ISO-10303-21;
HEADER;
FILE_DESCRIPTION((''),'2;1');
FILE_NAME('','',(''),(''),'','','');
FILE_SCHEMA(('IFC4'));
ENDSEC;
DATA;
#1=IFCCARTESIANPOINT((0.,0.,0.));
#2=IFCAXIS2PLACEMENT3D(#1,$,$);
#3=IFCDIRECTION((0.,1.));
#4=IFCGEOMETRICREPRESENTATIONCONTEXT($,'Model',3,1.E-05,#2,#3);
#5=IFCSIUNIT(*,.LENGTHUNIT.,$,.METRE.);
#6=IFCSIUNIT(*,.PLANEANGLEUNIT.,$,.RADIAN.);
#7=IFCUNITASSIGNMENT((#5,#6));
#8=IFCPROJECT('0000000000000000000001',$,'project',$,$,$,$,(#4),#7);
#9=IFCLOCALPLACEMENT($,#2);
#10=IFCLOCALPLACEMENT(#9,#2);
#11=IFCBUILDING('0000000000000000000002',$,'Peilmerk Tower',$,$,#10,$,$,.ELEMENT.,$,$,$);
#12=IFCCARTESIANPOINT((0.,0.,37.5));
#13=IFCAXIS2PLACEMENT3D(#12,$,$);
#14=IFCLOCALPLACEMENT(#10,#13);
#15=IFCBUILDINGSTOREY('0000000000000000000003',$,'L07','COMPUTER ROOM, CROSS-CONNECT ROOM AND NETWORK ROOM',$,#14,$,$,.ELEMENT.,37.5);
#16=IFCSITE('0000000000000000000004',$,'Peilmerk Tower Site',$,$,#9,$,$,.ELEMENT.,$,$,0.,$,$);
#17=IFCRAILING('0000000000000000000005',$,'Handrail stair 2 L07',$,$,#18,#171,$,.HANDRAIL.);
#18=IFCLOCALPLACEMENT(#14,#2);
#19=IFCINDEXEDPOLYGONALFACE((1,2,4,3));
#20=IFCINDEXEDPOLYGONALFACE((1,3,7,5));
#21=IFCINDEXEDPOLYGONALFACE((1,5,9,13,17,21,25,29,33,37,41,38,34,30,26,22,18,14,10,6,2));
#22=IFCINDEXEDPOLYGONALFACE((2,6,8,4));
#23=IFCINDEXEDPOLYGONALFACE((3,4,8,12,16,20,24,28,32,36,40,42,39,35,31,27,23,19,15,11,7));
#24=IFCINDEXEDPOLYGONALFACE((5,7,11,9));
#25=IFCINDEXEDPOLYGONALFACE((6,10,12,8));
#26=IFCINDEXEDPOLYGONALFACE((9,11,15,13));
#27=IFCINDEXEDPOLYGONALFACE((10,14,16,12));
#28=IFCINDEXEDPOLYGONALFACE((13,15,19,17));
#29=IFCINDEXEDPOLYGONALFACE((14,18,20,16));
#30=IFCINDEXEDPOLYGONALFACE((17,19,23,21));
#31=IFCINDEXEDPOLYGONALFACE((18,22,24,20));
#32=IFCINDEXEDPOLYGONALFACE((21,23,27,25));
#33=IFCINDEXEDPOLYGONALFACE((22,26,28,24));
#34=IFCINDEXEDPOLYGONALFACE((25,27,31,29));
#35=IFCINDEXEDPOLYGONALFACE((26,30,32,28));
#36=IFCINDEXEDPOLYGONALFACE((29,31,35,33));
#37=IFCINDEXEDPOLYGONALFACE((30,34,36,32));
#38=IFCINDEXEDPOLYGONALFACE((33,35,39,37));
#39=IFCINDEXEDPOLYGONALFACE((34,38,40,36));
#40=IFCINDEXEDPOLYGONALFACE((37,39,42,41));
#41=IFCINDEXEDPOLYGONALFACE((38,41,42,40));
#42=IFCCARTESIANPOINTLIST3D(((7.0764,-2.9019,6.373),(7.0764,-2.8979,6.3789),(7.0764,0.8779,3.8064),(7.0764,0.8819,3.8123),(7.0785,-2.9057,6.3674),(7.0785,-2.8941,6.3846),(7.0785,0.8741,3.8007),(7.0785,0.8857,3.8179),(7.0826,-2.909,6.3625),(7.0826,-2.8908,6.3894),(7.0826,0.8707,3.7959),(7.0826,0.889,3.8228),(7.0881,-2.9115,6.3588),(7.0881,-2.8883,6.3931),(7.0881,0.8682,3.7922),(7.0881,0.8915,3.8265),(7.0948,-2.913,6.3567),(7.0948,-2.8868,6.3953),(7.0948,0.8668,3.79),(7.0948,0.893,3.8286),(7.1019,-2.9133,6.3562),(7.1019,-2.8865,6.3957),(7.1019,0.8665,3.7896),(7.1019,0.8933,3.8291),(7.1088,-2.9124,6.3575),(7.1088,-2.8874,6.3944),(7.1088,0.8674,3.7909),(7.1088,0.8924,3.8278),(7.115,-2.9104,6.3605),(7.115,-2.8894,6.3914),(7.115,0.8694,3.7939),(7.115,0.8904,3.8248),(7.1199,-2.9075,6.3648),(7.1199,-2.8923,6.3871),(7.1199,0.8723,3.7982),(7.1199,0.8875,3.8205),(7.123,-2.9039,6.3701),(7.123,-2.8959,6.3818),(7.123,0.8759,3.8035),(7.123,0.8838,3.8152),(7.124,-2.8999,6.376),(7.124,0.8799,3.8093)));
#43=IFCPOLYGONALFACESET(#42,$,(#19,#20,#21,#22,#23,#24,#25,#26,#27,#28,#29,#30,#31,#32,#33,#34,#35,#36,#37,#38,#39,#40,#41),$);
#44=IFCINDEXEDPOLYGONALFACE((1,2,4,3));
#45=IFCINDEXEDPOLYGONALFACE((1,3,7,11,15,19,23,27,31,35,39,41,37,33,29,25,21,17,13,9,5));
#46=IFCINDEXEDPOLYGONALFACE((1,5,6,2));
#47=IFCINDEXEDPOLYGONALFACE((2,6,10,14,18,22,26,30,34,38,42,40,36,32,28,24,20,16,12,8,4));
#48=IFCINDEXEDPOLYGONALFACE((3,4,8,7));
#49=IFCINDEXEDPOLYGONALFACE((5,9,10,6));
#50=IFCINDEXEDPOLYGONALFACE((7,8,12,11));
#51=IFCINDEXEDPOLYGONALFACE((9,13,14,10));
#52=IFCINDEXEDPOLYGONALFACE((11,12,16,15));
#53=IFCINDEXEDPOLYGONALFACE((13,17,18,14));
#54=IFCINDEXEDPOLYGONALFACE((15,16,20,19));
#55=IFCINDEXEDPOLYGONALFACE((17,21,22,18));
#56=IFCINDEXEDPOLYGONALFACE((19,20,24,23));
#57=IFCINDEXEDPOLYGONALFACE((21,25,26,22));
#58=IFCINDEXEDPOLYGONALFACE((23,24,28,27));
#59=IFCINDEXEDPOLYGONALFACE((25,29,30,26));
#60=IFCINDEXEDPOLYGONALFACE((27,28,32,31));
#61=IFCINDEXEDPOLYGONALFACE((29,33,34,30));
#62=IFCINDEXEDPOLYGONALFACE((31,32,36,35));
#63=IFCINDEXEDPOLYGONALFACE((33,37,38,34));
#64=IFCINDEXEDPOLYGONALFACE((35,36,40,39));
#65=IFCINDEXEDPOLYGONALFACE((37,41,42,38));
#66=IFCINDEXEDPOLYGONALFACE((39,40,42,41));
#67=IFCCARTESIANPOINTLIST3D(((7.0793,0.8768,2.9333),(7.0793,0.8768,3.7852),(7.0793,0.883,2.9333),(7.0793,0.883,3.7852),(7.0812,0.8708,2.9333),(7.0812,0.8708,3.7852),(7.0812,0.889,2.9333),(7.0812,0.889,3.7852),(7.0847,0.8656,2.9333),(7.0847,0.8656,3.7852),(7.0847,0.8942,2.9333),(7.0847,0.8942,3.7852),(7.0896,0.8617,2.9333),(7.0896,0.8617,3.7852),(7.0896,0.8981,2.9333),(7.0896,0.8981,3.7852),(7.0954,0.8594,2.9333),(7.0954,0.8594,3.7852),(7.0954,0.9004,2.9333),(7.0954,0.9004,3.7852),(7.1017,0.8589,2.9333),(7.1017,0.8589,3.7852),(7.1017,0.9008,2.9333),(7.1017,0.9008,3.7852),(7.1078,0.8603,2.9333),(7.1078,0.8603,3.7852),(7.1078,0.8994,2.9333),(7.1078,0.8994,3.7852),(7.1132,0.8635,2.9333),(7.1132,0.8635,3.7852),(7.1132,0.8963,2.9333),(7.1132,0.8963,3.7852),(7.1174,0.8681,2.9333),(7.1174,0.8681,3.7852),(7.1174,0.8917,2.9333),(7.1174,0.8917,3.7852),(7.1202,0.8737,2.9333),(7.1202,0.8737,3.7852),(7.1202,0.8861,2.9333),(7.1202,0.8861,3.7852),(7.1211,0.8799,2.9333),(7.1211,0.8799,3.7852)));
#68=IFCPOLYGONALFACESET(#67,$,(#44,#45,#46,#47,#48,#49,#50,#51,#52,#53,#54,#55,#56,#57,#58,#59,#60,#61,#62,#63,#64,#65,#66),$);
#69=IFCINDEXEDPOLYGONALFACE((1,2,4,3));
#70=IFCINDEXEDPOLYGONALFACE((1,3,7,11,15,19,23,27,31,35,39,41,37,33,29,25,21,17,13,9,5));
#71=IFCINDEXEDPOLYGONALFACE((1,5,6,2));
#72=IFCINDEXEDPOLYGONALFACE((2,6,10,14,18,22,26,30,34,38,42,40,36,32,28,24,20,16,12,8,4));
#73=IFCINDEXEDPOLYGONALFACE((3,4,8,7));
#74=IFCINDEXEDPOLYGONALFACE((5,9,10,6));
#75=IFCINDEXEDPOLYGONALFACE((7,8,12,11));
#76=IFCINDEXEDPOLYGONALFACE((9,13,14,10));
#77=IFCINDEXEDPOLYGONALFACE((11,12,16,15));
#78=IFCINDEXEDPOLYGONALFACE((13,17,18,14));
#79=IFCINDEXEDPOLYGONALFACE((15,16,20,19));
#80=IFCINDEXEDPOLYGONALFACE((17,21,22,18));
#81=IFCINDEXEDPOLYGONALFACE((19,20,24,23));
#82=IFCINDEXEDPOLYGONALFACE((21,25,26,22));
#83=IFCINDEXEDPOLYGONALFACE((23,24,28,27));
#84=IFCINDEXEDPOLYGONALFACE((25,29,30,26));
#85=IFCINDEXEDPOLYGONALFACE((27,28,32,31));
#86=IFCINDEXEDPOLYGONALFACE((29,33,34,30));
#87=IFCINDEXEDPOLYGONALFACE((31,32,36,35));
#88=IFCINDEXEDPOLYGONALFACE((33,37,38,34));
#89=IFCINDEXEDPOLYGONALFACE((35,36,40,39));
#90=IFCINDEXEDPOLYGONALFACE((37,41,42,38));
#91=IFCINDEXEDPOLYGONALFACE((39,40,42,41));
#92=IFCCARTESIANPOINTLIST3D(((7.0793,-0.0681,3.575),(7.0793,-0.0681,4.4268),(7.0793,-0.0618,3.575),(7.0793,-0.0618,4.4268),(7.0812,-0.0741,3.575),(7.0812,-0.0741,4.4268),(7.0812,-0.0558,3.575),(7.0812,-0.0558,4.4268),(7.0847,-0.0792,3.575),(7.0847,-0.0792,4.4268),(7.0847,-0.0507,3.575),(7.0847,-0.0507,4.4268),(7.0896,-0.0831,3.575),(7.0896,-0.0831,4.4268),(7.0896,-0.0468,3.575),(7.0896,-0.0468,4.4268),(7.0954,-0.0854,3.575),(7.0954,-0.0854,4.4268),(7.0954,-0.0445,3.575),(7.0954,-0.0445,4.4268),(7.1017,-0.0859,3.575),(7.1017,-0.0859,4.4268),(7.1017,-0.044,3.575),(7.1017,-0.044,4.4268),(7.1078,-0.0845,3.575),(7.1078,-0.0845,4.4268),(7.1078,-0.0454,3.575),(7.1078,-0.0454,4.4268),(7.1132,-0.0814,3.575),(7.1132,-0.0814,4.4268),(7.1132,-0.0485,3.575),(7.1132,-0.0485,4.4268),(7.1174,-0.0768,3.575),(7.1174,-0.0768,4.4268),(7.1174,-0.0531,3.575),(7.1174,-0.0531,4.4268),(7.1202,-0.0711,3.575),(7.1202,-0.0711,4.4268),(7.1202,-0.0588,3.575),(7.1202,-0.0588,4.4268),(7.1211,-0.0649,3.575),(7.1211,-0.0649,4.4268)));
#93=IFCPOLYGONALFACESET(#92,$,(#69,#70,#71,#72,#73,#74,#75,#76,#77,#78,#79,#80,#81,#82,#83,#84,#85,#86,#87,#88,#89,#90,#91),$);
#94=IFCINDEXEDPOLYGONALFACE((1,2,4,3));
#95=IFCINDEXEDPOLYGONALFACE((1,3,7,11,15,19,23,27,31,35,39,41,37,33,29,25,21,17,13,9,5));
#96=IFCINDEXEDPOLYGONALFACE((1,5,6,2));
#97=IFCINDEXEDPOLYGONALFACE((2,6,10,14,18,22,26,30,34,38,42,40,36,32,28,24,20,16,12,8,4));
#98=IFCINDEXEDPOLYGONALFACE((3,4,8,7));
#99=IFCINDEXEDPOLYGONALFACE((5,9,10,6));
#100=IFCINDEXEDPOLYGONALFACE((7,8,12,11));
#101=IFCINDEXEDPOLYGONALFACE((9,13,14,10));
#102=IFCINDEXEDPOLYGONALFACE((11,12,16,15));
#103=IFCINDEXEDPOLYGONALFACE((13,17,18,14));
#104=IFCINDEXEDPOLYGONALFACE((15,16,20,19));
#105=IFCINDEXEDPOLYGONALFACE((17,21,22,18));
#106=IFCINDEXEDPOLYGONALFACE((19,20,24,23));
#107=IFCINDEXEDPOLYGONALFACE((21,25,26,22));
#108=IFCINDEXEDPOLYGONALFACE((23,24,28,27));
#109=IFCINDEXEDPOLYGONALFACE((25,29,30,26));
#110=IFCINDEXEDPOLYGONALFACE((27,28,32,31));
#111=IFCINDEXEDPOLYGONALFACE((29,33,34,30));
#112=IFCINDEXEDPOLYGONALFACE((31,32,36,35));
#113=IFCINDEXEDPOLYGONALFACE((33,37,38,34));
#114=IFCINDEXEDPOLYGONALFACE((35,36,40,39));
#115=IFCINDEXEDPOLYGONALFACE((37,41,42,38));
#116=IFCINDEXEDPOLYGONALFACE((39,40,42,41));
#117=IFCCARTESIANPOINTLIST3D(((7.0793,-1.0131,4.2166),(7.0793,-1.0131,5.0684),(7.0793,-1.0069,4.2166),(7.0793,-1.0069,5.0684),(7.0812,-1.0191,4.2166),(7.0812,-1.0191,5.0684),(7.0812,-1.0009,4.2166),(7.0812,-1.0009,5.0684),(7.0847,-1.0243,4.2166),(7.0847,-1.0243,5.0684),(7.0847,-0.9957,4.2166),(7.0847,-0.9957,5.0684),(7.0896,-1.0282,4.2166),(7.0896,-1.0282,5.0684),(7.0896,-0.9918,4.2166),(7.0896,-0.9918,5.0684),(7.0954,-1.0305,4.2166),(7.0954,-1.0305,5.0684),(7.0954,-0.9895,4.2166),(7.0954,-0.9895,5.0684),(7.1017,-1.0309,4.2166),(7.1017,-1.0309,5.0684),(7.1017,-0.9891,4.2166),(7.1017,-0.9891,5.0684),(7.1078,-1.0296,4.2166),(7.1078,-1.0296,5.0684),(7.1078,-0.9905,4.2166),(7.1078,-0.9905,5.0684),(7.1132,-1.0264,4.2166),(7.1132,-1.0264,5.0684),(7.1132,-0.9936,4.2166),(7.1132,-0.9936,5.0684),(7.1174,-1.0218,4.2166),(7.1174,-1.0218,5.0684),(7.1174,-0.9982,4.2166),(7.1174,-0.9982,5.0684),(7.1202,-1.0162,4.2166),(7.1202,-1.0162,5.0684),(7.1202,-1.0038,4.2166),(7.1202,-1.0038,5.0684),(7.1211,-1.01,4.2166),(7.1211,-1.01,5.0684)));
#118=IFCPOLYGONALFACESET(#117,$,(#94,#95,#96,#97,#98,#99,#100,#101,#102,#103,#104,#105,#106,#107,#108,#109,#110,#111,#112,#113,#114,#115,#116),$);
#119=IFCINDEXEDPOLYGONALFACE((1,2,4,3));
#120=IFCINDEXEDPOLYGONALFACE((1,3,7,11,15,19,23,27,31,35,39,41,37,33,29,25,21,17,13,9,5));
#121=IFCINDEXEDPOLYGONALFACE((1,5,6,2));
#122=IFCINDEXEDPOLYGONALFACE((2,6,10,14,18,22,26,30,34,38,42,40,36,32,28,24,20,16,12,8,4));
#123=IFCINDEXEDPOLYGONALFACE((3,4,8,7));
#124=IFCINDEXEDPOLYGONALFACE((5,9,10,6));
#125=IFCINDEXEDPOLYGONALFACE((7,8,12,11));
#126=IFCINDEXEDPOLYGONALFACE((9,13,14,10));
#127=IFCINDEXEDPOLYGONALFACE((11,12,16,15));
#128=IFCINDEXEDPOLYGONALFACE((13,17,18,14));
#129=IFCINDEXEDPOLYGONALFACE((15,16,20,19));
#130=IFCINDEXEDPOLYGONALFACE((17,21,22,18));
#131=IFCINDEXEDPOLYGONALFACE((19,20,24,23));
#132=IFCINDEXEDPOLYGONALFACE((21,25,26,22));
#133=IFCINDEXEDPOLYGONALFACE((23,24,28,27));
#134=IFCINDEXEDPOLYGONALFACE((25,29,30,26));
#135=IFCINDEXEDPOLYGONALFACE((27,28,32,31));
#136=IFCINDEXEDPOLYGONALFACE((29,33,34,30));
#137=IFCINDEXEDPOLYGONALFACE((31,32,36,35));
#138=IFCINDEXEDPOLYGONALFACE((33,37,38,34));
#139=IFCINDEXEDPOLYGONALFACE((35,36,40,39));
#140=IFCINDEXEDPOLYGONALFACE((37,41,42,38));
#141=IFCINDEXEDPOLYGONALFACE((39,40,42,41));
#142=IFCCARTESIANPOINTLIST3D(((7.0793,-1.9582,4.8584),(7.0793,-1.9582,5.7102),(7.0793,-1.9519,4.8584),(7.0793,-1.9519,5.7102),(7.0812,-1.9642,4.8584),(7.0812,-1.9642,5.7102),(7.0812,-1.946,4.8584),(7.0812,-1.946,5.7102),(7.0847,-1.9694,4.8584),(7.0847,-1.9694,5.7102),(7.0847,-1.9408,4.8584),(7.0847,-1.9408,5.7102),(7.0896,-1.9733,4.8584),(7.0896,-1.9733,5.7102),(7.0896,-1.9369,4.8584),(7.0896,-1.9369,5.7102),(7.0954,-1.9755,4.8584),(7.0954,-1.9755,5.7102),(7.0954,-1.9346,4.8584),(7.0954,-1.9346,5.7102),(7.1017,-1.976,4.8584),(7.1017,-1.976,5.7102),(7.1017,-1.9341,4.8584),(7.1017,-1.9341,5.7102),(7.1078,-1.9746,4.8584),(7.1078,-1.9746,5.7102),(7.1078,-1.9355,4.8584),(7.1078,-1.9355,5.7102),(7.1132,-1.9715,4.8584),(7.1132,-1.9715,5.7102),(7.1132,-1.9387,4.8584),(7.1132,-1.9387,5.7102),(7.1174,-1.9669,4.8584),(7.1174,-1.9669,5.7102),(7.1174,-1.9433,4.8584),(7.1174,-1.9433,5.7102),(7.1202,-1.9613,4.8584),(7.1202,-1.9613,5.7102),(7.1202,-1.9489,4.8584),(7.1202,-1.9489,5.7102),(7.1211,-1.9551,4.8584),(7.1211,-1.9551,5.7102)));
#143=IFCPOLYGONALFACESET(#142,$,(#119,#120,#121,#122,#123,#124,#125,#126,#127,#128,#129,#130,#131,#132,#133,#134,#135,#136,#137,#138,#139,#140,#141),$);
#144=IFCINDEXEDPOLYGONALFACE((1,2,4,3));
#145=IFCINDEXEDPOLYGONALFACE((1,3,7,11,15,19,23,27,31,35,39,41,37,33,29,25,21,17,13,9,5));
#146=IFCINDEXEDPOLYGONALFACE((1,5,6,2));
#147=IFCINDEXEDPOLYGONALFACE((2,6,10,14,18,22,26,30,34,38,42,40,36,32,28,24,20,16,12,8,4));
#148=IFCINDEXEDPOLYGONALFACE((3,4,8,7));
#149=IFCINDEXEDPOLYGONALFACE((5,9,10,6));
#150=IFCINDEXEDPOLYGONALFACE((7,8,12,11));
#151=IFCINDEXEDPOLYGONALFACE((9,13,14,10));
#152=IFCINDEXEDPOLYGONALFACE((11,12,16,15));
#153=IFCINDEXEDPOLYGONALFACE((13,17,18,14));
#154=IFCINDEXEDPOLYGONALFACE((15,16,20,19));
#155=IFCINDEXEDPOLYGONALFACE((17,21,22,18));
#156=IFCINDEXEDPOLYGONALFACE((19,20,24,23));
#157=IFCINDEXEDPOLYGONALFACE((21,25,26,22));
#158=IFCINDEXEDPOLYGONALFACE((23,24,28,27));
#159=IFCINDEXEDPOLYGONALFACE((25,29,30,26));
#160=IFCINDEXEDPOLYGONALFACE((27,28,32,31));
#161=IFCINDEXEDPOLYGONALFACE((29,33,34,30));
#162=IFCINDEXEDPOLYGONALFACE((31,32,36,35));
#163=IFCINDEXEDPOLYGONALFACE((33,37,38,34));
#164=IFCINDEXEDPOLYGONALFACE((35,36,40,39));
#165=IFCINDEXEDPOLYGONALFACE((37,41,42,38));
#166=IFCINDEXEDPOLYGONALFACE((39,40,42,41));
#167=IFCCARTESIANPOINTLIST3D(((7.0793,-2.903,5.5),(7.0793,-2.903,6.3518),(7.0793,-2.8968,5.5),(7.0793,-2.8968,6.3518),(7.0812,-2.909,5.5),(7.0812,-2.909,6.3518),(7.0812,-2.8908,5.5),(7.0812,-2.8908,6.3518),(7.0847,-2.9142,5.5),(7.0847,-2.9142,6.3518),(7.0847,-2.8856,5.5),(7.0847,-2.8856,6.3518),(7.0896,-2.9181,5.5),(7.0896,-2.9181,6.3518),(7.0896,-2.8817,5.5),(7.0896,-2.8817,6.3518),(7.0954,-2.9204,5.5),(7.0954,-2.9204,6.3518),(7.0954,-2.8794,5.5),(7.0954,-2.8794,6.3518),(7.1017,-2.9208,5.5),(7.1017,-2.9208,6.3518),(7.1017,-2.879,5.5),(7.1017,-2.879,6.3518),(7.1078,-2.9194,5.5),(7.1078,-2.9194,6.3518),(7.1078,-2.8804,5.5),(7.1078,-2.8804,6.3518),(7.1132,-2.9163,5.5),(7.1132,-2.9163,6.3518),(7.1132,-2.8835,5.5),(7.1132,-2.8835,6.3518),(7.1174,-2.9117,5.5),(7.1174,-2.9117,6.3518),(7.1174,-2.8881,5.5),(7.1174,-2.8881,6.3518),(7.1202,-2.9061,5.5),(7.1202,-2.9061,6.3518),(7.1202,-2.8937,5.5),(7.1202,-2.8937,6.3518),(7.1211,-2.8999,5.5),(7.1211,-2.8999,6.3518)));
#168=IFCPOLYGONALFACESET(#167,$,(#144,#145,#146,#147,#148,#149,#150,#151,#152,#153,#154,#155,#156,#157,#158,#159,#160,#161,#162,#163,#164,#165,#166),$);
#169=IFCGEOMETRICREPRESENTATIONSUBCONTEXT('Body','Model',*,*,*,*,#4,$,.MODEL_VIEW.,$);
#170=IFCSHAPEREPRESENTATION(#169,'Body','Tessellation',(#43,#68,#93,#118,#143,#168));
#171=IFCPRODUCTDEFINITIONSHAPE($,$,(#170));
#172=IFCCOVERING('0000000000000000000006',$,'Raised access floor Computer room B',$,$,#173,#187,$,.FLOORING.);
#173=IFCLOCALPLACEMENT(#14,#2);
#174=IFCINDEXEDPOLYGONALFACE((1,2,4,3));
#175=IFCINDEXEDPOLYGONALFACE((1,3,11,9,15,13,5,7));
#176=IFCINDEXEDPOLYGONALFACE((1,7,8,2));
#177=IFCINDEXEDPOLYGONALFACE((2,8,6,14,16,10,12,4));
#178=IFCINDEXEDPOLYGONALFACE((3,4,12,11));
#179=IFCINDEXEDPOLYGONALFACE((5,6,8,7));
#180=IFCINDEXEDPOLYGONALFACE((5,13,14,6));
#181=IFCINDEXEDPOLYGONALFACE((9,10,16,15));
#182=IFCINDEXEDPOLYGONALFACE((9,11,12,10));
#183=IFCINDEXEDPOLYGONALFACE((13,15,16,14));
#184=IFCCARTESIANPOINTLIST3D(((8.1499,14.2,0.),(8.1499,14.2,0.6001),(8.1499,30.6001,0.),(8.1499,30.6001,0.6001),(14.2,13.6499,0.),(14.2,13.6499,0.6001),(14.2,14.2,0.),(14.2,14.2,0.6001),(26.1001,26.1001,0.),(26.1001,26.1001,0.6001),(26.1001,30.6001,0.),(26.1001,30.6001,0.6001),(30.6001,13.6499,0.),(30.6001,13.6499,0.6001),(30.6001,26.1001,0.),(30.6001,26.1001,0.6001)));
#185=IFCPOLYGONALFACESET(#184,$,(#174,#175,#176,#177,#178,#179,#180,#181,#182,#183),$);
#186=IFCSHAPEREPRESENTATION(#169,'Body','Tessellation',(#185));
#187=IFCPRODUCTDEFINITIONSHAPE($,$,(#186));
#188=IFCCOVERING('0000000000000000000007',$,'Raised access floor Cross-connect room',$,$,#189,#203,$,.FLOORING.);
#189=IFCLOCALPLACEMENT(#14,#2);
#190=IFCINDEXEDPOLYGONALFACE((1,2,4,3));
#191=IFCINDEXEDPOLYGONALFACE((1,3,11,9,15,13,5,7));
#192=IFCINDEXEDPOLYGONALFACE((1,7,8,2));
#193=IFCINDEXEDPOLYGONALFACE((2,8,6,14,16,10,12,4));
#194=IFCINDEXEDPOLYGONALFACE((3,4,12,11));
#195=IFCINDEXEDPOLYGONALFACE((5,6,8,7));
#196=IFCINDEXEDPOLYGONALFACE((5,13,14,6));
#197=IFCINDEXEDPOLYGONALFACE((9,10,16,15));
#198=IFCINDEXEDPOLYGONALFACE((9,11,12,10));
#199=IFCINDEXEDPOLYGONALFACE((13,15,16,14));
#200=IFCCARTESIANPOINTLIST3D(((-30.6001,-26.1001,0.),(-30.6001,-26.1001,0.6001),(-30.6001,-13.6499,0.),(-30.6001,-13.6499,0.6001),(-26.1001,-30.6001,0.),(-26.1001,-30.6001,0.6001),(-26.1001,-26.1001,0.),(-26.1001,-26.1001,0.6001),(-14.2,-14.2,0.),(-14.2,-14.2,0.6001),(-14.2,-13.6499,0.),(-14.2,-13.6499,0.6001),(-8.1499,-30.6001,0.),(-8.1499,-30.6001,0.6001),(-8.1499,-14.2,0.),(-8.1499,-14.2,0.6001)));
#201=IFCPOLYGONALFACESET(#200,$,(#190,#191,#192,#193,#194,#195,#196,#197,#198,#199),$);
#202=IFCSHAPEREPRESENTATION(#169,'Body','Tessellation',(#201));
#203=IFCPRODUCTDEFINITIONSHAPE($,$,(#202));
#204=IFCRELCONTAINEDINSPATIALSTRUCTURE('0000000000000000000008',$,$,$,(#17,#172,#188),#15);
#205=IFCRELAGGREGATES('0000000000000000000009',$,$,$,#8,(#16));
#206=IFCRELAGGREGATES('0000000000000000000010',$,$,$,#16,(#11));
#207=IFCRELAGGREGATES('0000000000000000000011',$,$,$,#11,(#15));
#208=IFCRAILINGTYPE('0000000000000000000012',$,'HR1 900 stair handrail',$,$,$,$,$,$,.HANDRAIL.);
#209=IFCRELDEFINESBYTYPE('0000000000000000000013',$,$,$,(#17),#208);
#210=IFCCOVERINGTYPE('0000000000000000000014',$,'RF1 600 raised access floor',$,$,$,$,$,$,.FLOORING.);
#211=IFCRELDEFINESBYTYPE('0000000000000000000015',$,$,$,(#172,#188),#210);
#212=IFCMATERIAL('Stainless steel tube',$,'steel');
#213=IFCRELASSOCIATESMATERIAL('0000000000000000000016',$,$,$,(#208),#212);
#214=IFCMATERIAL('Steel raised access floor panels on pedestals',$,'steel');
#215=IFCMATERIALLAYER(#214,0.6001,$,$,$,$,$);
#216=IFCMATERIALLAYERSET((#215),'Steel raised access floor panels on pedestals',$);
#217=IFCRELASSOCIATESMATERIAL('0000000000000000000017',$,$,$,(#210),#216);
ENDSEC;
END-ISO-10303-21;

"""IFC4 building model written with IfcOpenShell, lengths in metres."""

from ifc_helpers import new_model, si_unit, direction, frame, origin, origin_2d, place, context, subcontext, project, spatial, polyline, circle, outline, extrude, material, layer, layer_set, type_object, element, save


model = new_model("IFC4")

# Units and contexts
model_context = context("Model", 3, precision=1e-05, world=origin(), true_north=direction((0.0, 1.0)))
body_context = subcontext(model_context, "Body", "Model", "MODEL_VIEW")
ifc_project = project(units=[si_unit("LENGTHUNIT", "METRE"), si_unit("PLANEANGLEUNIT", "RADIAN")], contexts=[model_context])

# Site, building, storey
site_placement = place(None, origin())
site = spatial("IfcSite", under=ifc_project, at=site_placement, Name="Peilmerk Tower Site", CompositionType="ELEMENT", RefElevation=0.0)
building_placement = place(site_placement, origin())
building = spatial("IfcBuilding", under=site, at=building_placement, Name="Peilmerk Tower", CompositionType="ELEMENT")
storey_placement = place(building_placement, frame((0.0, 0.0, 37.5)))
storey = spatial("IfcBuildingStorey", under=building, at=storey_placement, Name="L07", Description="COMPUTER ROOM, CROSS-CONNECT ROOM AND NETWORK ROOM", CompositionType="ELEMENT", Elevation=37.5)

# Railing
ifc_material_1 = material(Name="Stainless steel tube", Category="steel")
railing_type_1 = type_object("IfcRailingType", Name="HR1 900 stair handrail", PredefinedType="HANDRAIL", material=ifc_material_1)
railing_1_placement = place(storey_placement, frame((7.1001, 0.8799, 2.9333)))
element("IfcRailing", 1, at=railing_1_placement, inside=storey, type_object=railing_type_1, Name="Handrail stair 2 L07", PredefinedType="HANDRAIL", context=body_context, shape_type="SweptSolid", body=[
    extrude(circle(Radius=0.0239, at=origin_2d()), frame((0.0, 0.0, 0.876), z_axis=(0.0, -0.827293, 0.561771), x_axis=(1.0, 0.0, 0.0)), (0.0, 0.0, 1.0), 4.5688),
    extrude(circle(Radius=0.021, at=origin_2d()), origin(), (0.0, 0.0, 1.0), 0.8518),
    extrude(circle(Radius=0.021, at=origin_2d()), frame((0.0, -0.9448, 0.6416)), (0.0, 0.0, 1.0), 0.8518),
    extrude(circle(Radius=0.021, at=origin_2d()), frame((0.0, -1.8899, 1.2832)), (0.0, 0.0, 1.0), 0.8518),
    extrude(circle(Radius=0.021, at=origin_2d()), frame((0.0, -2.835, 1.925)), (0.0, 0.0, 1.0), 0.8518),
    extrude(circle(Radius=0.021, at=origin_2d()), frame((0.0, -3.7798, 2.5667)), (0.0, 0.0, 1.0), 0.8518),
])

# Coverings
ifc_material_2 = material(Name="Steel raised access floor panels on pedestals", Category="steel")
ifc_layer_1 = layer(ifc_material_2, 0.6001)
ifc_layer_set_1 = layer_set([ifc_layer_1], Name="Steel raised access floor panels on pedestals")
covering_type_1 = type_object("IfcCoveringType", Name="RF1 600 raised access floor", PredefinedType="FLOORING", material=ifc_layer_set_1)
covering_1_placement = place(storey_placement, origin())
element("IfcCovering", 2, at=covering_1_placement, inside=storey, type_object=covering_type_1, Name="Raised access floor Computer room B", PredefinedType="FLOORING", context=body_context, shape_type="SweptSolid", body=[
    extrude(outline(polyline([(26.1001, 30.6001), (8.1499, 30.6001), (8.1499, 14.2), (14.2, 14.2), (14.2, 13.6499), (30.6001, 13.6499), (30.6001, 26.1001), (26.1001, 26.1001), (26.1001, 30.6001)])), origin(), (0.0, 0.0, 1.0), 0.6001),
])
covering_2_placement = place(storey_placement, origin())
element("IfcCovering", 3, at=covering_2_placement, inside=storey, type_object=covering_type_1, Name="Raised access floor Cross-connect room", PredefinedType="FLOORING", context=body_context, shape_type="SweptSolid", body=[
    extrude(outline(polyline([(-26.1001, -30.6001), (-8.1499, -30.6001), (-8.1499, -14.2), (-14.2, -14.2), (-14.2, -13.6499), (-30.6001, -13.6499), (-30.6001, -26.1001), (-26.1001, -26.1001), (-26.1001, -30.6001)])), origin(), (0.0, 0.0, 1.0), 0.6001),
])

save(model, "model.ifc")
